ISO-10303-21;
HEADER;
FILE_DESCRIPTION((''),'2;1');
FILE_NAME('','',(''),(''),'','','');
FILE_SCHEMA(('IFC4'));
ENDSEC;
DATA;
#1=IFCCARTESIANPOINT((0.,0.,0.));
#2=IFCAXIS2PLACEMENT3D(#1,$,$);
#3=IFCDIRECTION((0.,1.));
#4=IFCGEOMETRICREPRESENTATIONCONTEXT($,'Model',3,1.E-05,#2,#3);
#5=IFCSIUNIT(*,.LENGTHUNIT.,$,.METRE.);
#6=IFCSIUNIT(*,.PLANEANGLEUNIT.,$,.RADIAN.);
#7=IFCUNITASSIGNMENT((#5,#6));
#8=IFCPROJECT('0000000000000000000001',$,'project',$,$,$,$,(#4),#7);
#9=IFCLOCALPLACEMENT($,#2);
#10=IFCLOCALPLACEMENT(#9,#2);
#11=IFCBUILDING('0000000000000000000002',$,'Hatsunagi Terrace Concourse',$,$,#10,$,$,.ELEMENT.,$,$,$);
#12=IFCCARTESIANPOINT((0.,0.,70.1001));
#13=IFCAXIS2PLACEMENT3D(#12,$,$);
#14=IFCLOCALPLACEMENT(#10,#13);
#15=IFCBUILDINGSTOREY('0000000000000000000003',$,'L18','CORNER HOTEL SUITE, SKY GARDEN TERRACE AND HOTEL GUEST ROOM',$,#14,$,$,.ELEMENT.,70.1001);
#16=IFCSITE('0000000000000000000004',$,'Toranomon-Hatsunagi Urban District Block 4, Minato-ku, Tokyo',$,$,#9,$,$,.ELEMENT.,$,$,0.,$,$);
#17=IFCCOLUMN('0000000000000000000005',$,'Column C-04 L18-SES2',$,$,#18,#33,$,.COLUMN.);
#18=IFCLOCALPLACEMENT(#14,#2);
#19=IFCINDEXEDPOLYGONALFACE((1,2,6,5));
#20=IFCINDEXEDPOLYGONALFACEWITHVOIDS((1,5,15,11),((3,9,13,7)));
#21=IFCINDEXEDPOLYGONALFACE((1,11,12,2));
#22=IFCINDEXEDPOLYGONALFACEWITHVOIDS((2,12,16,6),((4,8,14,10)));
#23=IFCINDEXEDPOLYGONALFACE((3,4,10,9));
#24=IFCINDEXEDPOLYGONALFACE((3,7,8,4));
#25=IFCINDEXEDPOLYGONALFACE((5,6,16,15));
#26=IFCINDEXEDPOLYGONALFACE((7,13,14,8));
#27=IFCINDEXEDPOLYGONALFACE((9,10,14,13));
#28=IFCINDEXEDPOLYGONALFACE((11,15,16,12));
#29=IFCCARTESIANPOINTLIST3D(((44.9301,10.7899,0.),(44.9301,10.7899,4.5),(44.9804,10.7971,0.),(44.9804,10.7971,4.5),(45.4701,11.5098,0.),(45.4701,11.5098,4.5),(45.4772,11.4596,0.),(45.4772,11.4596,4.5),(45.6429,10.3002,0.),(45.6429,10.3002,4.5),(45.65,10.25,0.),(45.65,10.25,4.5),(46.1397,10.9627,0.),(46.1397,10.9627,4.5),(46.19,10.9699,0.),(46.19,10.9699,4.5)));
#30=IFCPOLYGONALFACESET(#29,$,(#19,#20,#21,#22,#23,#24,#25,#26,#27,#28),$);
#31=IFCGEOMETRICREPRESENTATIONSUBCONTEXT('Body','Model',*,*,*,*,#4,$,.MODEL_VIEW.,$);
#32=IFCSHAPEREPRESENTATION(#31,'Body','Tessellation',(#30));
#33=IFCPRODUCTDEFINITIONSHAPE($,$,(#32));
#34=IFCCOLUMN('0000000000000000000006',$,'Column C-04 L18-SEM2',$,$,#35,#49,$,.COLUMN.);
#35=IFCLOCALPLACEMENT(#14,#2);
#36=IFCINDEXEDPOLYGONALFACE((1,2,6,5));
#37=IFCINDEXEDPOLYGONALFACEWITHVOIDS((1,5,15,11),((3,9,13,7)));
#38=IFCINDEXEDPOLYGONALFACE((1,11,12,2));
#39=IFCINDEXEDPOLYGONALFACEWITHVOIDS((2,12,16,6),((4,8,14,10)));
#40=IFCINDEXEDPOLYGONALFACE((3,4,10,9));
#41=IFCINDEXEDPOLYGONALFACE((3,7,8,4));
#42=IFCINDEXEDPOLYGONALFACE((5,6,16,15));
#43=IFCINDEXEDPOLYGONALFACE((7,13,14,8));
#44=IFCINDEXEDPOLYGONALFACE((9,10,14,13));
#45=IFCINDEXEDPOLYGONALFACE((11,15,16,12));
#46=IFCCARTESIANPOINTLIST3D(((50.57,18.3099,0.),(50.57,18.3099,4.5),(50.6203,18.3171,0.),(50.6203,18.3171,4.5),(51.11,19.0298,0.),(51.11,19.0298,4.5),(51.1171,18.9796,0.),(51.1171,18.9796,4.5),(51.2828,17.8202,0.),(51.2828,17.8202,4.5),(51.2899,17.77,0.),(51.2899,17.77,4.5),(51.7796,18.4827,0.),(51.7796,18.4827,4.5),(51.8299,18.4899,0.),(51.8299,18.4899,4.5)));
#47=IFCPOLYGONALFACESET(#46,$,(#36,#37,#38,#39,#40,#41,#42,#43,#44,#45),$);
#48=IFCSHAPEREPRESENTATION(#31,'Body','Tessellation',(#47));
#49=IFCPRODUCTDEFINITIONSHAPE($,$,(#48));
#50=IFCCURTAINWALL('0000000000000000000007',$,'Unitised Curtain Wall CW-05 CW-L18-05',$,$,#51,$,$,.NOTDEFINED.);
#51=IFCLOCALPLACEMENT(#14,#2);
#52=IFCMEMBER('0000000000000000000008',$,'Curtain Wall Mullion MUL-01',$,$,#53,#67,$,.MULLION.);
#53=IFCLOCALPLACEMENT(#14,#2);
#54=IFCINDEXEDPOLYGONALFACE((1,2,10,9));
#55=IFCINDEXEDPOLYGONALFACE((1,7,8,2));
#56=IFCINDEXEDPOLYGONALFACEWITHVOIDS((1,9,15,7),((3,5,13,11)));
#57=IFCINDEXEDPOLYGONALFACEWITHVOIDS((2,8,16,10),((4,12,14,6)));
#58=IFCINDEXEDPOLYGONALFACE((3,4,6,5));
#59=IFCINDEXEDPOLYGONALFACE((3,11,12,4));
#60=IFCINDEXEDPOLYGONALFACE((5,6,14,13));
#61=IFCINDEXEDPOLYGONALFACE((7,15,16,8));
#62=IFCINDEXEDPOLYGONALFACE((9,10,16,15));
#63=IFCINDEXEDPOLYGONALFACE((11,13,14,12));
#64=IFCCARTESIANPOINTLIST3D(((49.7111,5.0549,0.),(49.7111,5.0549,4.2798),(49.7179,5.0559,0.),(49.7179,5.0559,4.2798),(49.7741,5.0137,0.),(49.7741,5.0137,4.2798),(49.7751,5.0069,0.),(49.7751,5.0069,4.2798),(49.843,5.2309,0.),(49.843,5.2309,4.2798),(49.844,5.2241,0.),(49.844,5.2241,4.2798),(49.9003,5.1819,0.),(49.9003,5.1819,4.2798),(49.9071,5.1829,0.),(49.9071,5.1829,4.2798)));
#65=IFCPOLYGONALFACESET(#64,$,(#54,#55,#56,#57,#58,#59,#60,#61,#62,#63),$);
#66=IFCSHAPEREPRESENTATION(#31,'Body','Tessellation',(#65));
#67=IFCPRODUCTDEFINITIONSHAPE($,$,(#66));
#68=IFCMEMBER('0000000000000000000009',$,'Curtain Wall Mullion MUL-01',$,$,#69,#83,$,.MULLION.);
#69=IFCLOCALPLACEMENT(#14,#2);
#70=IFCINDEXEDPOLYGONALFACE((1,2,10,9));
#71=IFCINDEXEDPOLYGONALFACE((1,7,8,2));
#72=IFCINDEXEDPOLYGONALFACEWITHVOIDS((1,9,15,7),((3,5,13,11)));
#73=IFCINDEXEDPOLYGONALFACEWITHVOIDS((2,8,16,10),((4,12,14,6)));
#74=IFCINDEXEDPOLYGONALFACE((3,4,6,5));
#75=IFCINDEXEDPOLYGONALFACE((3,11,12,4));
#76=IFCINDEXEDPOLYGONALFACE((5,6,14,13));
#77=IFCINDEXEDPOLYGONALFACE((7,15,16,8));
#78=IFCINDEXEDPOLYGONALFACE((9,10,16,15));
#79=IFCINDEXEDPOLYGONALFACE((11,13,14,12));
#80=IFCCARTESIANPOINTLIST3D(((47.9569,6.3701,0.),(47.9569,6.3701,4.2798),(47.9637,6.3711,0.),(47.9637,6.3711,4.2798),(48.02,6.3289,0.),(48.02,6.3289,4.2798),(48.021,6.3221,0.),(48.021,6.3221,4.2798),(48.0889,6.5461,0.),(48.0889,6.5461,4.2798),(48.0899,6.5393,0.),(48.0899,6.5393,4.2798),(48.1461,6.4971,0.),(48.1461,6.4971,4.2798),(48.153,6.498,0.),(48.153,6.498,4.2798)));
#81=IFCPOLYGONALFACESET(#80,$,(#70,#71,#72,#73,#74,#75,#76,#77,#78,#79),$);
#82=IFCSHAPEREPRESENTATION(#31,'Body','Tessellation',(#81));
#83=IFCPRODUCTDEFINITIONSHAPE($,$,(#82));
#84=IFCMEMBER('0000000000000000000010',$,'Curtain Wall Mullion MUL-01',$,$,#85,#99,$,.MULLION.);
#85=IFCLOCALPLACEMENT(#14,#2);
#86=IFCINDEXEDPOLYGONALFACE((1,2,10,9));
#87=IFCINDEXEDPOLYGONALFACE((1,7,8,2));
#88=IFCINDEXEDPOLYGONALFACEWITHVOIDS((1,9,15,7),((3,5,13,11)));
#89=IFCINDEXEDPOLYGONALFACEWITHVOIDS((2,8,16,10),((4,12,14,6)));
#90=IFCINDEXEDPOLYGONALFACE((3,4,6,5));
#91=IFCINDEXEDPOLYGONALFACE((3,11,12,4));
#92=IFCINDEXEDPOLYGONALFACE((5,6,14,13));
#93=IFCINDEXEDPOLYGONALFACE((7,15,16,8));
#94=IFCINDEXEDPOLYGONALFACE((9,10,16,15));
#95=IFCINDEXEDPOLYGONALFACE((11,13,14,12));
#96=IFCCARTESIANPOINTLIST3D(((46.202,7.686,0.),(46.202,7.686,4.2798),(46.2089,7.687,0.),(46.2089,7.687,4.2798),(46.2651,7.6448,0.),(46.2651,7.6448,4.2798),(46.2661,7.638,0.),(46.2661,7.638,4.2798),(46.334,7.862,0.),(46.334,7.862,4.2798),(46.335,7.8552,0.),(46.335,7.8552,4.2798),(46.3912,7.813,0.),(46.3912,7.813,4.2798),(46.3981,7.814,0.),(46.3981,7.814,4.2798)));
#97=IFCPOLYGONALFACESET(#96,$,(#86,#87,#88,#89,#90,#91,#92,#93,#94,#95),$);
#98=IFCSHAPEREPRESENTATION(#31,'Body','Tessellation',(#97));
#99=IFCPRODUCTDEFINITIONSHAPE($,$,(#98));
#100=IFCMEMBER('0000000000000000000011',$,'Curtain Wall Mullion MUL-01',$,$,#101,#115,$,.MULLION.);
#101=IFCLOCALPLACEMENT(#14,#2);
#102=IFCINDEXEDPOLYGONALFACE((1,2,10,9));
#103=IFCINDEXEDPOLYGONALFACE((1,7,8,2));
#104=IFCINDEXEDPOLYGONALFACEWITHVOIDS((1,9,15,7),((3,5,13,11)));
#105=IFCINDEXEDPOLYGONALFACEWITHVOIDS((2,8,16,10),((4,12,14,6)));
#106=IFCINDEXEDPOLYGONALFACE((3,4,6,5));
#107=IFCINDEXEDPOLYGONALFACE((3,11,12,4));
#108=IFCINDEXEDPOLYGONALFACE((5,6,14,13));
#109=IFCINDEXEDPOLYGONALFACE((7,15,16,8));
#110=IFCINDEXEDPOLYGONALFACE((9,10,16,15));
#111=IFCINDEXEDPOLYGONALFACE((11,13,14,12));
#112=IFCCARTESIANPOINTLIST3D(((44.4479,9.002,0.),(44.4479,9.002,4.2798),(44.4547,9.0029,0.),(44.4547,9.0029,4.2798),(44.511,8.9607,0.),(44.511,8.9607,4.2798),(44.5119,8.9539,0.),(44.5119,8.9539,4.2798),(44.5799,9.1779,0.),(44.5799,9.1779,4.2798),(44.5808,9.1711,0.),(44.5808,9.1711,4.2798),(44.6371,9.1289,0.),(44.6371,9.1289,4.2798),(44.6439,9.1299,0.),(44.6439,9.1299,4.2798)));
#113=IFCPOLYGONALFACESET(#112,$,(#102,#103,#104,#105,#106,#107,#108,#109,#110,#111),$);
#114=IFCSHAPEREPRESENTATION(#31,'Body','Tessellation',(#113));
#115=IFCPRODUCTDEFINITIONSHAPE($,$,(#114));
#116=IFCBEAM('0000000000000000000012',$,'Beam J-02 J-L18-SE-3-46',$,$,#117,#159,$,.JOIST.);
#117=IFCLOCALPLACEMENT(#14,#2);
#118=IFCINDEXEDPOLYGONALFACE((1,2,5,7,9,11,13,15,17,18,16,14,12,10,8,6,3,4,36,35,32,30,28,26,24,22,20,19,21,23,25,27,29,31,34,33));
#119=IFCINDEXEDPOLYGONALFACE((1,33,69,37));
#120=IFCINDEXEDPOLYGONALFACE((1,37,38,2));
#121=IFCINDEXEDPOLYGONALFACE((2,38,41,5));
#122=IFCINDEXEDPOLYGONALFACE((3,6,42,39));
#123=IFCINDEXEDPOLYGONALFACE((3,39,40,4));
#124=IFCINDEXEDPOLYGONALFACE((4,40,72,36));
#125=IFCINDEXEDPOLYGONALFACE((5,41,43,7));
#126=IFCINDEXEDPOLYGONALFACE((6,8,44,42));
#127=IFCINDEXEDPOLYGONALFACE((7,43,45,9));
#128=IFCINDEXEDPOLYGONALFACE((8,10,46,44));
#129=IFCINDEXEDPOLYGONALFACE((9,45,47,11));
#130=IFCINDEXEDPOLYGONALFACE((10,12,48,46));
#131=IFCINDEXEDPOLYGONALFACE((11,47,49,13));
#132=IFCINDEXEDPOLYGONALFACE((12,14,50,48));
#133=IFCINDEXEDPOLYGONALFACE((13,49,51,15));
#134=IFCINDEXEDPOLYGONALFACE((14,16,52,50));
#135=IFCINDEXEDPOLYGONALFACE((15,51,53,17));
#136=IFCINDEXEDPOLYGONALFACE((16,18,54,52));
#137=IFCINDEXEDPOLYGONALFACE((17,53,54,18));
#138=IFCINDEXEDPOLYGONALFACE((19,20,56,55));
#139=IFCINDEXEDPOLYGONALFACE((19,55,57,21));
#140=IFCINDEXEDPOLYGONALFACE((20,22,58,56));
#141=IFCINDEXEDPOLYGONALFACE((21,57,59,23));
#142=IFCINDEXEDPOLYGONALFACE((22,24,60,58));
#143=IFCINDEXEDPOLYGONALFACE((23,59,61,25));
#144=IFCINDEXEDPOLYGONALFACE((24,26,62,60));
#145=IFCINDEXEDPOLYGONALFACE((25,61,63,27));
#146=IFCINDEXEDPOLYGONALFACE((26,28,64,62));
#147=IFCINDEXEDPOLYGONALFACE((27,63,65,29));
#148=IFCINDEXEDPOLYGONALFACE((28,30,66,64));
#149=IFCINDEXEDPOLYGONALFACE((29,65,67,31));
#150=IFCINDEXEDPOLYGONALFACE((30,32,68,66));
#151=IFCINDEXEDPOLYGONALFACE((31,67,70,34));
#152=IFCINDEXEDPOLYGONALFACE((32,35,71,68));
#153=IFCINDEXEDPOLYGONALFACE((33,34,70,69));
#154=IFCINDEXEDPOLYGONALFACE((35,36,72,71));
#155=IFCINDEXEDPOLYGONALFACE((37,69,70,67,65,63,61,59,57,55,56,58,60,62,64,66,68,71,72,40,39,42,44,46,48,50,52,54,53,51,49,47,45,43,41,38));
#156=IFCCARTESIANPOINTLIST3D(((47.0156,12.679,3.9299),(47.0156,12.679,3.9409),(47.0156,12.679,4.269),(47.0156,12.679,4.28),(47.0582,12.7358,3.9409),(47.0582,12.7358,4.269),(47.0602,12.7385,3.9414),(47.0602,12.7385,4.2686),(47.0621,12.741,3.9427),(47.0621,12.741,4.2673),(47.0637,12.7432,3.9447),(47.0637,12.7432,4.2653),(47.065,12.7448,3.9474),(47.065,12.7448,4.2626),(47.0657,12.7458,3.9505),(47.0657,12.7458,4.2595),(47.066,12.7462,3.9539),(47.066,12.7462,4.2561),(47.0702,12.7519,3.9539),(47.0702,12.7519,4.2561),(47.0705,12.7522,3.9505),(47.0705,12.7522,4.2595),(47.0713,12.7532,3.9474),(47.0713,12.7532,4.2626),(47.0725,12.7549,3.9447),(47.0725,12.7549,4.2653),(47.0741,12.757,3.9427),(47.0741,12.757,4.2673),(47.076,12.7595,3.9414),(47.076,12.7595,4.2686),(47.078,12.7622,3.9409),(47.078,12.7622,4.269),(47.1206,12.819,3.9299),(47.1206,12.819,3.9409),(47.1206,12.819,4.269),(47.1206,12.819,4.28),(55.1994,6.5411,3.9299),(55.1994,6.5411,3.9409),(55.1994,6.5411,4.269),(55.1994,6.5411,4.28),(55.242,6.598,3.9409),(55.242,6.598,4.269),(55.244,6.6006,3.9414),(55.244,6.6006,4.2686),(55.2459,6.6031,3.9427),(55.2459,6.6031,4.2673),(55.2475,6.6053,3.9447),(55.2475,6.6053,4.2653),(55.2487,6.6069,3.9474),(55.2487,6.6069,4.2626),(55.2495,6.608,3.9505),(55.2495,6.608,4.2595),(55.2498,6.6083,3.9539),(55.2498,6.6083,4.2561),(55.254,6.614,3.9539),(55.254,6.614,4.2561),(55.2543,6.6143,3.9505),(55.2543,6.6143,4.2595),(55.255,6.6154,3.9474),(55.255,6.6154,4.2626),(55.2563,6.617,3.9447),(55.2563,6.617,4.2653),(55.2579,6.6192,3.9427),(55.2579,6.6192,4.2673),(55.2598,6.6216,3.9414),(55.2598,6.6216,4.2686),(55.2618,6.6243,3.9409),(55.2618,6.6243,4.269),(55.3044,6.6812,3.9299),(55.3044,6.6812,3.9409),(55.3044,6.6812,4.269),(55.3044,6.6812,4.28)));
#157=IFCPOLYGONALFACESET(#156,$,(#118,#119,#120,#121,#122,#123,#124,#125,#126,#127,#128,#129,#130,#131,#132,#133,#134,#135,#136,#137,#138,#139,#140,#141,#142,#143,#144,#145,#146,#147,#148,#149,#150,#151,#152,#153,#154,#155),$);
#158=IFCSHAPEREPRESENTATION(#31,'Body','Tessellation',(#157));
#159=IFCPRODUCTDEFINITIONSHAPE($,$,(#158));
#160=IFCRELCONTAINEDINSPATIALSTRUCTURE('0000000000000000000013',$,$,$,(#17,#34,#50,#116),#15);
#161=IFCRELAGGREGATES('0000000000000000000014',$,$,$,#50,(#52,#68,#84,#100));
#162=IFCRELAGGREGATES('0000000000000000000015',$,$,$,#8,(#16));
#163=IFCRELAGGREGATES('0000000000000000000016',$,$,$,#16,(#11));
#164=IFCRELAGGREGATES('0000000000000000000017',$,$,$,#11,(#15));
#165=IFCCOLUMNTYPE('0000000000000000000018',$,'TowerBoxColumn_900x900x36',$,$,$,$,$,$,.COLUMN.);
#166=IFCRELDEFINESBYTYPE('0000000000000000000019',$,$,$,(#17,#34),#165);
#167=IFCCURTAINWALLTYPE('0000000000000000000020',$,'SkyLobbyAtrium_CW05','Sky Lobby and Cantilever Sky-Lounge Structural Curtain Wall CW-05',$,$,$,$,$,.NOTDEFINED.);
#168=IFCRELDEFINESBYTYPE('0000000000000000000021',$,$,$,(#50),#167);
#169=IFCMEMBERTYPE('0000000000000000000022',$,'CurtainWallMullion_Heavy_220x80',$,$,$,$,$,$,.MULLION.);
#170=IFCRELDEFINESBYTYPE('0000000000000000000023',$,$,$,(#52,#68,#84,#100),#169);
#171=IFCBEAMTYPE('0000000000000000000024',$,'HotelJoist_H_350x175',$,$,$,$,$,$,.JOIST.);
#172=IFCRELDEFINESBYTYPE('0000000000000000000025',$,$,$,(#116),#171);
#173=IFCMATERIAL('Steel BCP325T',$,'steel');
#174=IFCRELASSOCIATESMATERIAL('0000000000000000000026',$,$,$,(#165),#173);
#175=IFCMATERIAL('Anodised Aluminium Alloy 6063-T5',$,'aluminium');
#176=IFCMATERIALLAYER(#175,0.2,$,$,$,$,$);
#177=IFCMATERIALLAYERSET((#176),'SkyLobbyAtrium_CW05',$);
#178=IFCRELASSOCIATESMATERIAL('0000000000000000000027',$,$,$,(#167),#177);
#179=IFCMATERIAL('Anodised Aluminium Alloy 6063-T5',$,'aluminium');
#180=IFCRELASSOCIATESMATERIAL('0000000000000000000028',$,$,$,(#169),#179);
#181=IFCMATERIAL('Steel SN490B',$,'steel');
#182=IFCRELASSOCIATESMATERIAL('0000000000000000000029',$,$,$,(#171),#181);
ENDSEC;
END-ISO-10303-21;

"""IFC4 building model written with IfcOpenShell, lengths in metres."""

from ifc_helpers import new_model, si_unit, direction, frame, origin, origin_2d, place, context, subcontext, project, spatial, hollow_rectangle, i_section, extrude, material, layer, layer_set, material_profile, profile_set, type_object, element, aggregate, save


model = new_model("IFC4")

# Units and contexts
model_context = context("Model", 3, precision=1e-05, world=origin(), true_north=direction((0.0, 1.0)))
body_context = subcontext(model_context, "Body", "Model", "MODEL_VIEW")
ifc_project = project(units=[si_unit("LENGTHUNIT", "METRE"), si_unit("PLANEANGLEUNIT", "RADIAN")], contexts=[model_context])

# Site, building, storey
site_placement = place(None, origin())
site = spatial("IfcSite", under=ifc_project, at=site_placement, Name="Toranomon-Hatsunagi Urban District Block 4, Minato-ku, Tokyo", CompositionType="ELEMENT", RefElevation=0.0)
building_placement = place(site_placement, origin())
building = spatial("IfcBuilding", under=site, at=building_placement, Name="Hatsunagi Terrace Concourse", CompositionType="ELEMENT")
storey_placement = place(building_placement, frame((0.0, 0.0, 70.1001)))
storey = spatial("IfcBuildingStorey", under=building, at=storey_placement, Name="L18", Description="CORNER HOTEL SUITE, SKY GARDEN TERRACE AND HOTEL GUEST ROOM", CompositionType="ELEMENT", Elevation=70.1001)

# Columns
ifc_material_1 = material(Name="Steel BCP325T", Category="steel")
ifc_material_profile_1 = material_profile(ifc_material_1, hollow_rectangle(XDim=0.8999, YDim=0.8999, WallThickness=0.0359, at=origin_2d()), Name="BCP-900x900x36")
ifc_profile_set_1 = profile_set([ifc_material_profile_1], Name="Steel BCP325T")
column_type = type_object("IfcColumnType", Name="TowerBoxColumn_900x900x36", PredefinedType="COLUMN", material=ifc_profile_set_1)
for number, where, z_axis, x_axis, name in (
    (1, (45.5601, 10.8799, 0.0), (0.0, 0.0, 1.0), (0.8, -0.6, 0.0), "Column C-04 L18-SES2"),
    (2, (51.2, 18.3999, 0.0), (0.0, 0.0, 1.0), (0.8, -0.6, 0.0), "Column C-04 L18-SEM2"),
):
    element("IfcColumn", number, at=place(storey_placement, frame(where, z_axis=z_axis, x_axis=x_axis)), inside=storey, type_object=column_type, Name=name, PredefinedType="COLUMN", context=body_context, shape_type="SweptSolid", body=[
        extrude(hollow_rectangle(XDim=0.8999, YDim=0.8999, WallThickness=0.0359, at=origin_2d()), origin(), (0.0, 0.0, 1.0), 4.5),
    ])

# Curtain wall, members
ifc_material_2 = material(Name="Anodised Aluminium Alloy 6063-T5", Category="aluminium")
ifc_layer_1 = layer(ifc_material_2, 0.2)
ifc_layer_set_1 = layer_set([ifc_layer_1], Name="SkyLobbyAtrium_CW05")
curtain_wall_type = type_object("IfcCurtainWallType", Name="SkyLobbyAtrium_CW05", Description="Sky Lobby and Cantilever Sky-Lounge Structural Curtain Wall CW-05", PredefinedType="NOTDEFINED", material=ifc_layer_set_1)
curtain_wall_placement = place(storey_placement, origin())
curtain_wall = element("IfcCurtainWall", 3, at=curtain_wall_placement, inside=storey, type_object=curtain_wall_type, Name="Unitised Curtain Wall CW-05 CW-L18-05", PredefinedType="NOTDEFINED")
ifc_material_3 = material(Name="Anodised Aluminium Alloy 6063-T5", Category="aluminium")
ifc_material_profile_2 = material_profile(ifc_material_3, hollow_rectangle(XDim=0.0801, YDim=0.22, WallThickness=0.0049, at=origin_2d()), Name="ALU-MUL-220x80x5")
ifc_profile_set_2 = profile_set([ifc_material_profile_2], Name="Anodised Aluminium Alloy 6063-T5")
member_type = type_object("IfcMemberType", Name="CurtainWallMullion_Heavy_220x80", PredefinedType="MULLION", material=ifc_profile_set_2)
member_1_placement = place(storey_placement, frame((49.8091, 5.1189, 0.0), z_axis=(0.0, 0.0, 1.0), x_axis=(-0.800003, 0.599996, 0.0)))
member_1 = element("IfcMember", 4, at=member_1_placement, type_object=member_type, Name="Curtain Wall Mullion MUL-01", PredefinedType="MULLION", context=body_context, shape_type="SweptSolid", body=[
    extrude(hollow_rectangle(XDim=0.0801, YDim=0.22, WallThickness=0.0049, at=origin_2d()), origin(), (0.0, 0.0, 1.0), 4.2798),
])
member_2_placement = place(storey_placement, frame((48.0549, 6.4341, 0.0), z_axis=(0.0, 0.0, 1.0), x_axis=(-0.800003, 0.599996, 0.0)))
member_2 = element("IfcMember", 5, at=member_2_placement, type_object=member_type, Name="Curtain Wall Mullion MUL-01", PredefinedType="MULLION", context=body_context, shape_type="SweptSolid", body=[
    extrude(hollow_rectangle(XDim=0.0801, YDim=0.22, WallThickness=0.0049, at=origin_2d()), origin(), (0.0, 0.0, 1.0), 4.2798),
])
member_3_placement = place(storey_placement, frame((46.3, 7.75, 0.0), z_axis=(0.0, 0.0, 1.0), x_axis=(-0.800003, 0.599996, 0.0)))
member_3 = element("IfcMember", 6, at=member_3_placement, type_object=member_type, Name="Curtain Wall Mullion MUL-01", PredefinedType="MULLION", context=body_context, shape_type="SweptSolid", body=[
    extrude(hollow_rectangle(XDim=0.0801, YDim=0.22, WallThickness=0.0049, at=origin_2d()), origin(), (0.0, 0.0, 1.0), 4.2798),
])
member_4_placement = place(storey_placement, frame((44.5459, 9.0659, 0.0), z_axis=(0.0, 0.0, 1.0), x_axis=(-0.800003, 0.599996, 0.0)))
member_4 = element("IfcMember", 7, at=member_4_placement, type_object=member_type, Name="Curtain Wall Mullion MUL-01", PredefinedType="MULLION", context=body_context, shape_type="SweptSolid", body=[
    extrude(hollow_rectangle(XDim=0.0801, YDim=0.22, WallThickness=0.0049, at=origin_2d()), origin(), (0.0, 0.0, 1.0), 4.2798),
])

# Beam
ifc_material_4 = material(Name="Steel SN490B", Category="steel")
ifc_material_profile_3 = material_profile(ifc_material_4, i_section(OverallWidth=0.175, OverallDepth=0.3501, WebThickness=0.0071, FlangeThickness=0.011, FilletRadius=0.0129, at=origin_2d()), Name="H-350x175x7x11")
ifc_profile_set_3 = profile_set([ifc_material_profile_3], Name="Steel SN490B")
beam_type_1 = type_object("IfcBeamType", Name="HotelJoist_H_350x175", PredefinedType="JOIST", material=ifc_profile_set_3)
beam_1_placement = place(storey_placement, frame((47.0681, 12.749, 4.105), z_axis=(0.799997, -0.600004, 0.0), x_axis=(0.600004, 0.799997, 0.0)))
element("IfcBeam", 8, at=beam_1_placement, inside=storey, type_object=beam_type_1, Name="Beam J-02 J-L18-SE-3-46", PredefinedType="JOIST", context=body_context, shape_type="SweptSolid", body=[
    extrude(i_section(OverallWidth=0.175, OverallDepth=0.3501, WebThickness=0.0071, FlangeThickness=0.011, FilletRadius=0.0129, at=origin_2d()), origin(), (0.0, 0.0, 1.0), 10.2297),
])

aggregate(curtain_wall, [member_1, member_2, member_3, member_4])

save(model, "model.ifc")
